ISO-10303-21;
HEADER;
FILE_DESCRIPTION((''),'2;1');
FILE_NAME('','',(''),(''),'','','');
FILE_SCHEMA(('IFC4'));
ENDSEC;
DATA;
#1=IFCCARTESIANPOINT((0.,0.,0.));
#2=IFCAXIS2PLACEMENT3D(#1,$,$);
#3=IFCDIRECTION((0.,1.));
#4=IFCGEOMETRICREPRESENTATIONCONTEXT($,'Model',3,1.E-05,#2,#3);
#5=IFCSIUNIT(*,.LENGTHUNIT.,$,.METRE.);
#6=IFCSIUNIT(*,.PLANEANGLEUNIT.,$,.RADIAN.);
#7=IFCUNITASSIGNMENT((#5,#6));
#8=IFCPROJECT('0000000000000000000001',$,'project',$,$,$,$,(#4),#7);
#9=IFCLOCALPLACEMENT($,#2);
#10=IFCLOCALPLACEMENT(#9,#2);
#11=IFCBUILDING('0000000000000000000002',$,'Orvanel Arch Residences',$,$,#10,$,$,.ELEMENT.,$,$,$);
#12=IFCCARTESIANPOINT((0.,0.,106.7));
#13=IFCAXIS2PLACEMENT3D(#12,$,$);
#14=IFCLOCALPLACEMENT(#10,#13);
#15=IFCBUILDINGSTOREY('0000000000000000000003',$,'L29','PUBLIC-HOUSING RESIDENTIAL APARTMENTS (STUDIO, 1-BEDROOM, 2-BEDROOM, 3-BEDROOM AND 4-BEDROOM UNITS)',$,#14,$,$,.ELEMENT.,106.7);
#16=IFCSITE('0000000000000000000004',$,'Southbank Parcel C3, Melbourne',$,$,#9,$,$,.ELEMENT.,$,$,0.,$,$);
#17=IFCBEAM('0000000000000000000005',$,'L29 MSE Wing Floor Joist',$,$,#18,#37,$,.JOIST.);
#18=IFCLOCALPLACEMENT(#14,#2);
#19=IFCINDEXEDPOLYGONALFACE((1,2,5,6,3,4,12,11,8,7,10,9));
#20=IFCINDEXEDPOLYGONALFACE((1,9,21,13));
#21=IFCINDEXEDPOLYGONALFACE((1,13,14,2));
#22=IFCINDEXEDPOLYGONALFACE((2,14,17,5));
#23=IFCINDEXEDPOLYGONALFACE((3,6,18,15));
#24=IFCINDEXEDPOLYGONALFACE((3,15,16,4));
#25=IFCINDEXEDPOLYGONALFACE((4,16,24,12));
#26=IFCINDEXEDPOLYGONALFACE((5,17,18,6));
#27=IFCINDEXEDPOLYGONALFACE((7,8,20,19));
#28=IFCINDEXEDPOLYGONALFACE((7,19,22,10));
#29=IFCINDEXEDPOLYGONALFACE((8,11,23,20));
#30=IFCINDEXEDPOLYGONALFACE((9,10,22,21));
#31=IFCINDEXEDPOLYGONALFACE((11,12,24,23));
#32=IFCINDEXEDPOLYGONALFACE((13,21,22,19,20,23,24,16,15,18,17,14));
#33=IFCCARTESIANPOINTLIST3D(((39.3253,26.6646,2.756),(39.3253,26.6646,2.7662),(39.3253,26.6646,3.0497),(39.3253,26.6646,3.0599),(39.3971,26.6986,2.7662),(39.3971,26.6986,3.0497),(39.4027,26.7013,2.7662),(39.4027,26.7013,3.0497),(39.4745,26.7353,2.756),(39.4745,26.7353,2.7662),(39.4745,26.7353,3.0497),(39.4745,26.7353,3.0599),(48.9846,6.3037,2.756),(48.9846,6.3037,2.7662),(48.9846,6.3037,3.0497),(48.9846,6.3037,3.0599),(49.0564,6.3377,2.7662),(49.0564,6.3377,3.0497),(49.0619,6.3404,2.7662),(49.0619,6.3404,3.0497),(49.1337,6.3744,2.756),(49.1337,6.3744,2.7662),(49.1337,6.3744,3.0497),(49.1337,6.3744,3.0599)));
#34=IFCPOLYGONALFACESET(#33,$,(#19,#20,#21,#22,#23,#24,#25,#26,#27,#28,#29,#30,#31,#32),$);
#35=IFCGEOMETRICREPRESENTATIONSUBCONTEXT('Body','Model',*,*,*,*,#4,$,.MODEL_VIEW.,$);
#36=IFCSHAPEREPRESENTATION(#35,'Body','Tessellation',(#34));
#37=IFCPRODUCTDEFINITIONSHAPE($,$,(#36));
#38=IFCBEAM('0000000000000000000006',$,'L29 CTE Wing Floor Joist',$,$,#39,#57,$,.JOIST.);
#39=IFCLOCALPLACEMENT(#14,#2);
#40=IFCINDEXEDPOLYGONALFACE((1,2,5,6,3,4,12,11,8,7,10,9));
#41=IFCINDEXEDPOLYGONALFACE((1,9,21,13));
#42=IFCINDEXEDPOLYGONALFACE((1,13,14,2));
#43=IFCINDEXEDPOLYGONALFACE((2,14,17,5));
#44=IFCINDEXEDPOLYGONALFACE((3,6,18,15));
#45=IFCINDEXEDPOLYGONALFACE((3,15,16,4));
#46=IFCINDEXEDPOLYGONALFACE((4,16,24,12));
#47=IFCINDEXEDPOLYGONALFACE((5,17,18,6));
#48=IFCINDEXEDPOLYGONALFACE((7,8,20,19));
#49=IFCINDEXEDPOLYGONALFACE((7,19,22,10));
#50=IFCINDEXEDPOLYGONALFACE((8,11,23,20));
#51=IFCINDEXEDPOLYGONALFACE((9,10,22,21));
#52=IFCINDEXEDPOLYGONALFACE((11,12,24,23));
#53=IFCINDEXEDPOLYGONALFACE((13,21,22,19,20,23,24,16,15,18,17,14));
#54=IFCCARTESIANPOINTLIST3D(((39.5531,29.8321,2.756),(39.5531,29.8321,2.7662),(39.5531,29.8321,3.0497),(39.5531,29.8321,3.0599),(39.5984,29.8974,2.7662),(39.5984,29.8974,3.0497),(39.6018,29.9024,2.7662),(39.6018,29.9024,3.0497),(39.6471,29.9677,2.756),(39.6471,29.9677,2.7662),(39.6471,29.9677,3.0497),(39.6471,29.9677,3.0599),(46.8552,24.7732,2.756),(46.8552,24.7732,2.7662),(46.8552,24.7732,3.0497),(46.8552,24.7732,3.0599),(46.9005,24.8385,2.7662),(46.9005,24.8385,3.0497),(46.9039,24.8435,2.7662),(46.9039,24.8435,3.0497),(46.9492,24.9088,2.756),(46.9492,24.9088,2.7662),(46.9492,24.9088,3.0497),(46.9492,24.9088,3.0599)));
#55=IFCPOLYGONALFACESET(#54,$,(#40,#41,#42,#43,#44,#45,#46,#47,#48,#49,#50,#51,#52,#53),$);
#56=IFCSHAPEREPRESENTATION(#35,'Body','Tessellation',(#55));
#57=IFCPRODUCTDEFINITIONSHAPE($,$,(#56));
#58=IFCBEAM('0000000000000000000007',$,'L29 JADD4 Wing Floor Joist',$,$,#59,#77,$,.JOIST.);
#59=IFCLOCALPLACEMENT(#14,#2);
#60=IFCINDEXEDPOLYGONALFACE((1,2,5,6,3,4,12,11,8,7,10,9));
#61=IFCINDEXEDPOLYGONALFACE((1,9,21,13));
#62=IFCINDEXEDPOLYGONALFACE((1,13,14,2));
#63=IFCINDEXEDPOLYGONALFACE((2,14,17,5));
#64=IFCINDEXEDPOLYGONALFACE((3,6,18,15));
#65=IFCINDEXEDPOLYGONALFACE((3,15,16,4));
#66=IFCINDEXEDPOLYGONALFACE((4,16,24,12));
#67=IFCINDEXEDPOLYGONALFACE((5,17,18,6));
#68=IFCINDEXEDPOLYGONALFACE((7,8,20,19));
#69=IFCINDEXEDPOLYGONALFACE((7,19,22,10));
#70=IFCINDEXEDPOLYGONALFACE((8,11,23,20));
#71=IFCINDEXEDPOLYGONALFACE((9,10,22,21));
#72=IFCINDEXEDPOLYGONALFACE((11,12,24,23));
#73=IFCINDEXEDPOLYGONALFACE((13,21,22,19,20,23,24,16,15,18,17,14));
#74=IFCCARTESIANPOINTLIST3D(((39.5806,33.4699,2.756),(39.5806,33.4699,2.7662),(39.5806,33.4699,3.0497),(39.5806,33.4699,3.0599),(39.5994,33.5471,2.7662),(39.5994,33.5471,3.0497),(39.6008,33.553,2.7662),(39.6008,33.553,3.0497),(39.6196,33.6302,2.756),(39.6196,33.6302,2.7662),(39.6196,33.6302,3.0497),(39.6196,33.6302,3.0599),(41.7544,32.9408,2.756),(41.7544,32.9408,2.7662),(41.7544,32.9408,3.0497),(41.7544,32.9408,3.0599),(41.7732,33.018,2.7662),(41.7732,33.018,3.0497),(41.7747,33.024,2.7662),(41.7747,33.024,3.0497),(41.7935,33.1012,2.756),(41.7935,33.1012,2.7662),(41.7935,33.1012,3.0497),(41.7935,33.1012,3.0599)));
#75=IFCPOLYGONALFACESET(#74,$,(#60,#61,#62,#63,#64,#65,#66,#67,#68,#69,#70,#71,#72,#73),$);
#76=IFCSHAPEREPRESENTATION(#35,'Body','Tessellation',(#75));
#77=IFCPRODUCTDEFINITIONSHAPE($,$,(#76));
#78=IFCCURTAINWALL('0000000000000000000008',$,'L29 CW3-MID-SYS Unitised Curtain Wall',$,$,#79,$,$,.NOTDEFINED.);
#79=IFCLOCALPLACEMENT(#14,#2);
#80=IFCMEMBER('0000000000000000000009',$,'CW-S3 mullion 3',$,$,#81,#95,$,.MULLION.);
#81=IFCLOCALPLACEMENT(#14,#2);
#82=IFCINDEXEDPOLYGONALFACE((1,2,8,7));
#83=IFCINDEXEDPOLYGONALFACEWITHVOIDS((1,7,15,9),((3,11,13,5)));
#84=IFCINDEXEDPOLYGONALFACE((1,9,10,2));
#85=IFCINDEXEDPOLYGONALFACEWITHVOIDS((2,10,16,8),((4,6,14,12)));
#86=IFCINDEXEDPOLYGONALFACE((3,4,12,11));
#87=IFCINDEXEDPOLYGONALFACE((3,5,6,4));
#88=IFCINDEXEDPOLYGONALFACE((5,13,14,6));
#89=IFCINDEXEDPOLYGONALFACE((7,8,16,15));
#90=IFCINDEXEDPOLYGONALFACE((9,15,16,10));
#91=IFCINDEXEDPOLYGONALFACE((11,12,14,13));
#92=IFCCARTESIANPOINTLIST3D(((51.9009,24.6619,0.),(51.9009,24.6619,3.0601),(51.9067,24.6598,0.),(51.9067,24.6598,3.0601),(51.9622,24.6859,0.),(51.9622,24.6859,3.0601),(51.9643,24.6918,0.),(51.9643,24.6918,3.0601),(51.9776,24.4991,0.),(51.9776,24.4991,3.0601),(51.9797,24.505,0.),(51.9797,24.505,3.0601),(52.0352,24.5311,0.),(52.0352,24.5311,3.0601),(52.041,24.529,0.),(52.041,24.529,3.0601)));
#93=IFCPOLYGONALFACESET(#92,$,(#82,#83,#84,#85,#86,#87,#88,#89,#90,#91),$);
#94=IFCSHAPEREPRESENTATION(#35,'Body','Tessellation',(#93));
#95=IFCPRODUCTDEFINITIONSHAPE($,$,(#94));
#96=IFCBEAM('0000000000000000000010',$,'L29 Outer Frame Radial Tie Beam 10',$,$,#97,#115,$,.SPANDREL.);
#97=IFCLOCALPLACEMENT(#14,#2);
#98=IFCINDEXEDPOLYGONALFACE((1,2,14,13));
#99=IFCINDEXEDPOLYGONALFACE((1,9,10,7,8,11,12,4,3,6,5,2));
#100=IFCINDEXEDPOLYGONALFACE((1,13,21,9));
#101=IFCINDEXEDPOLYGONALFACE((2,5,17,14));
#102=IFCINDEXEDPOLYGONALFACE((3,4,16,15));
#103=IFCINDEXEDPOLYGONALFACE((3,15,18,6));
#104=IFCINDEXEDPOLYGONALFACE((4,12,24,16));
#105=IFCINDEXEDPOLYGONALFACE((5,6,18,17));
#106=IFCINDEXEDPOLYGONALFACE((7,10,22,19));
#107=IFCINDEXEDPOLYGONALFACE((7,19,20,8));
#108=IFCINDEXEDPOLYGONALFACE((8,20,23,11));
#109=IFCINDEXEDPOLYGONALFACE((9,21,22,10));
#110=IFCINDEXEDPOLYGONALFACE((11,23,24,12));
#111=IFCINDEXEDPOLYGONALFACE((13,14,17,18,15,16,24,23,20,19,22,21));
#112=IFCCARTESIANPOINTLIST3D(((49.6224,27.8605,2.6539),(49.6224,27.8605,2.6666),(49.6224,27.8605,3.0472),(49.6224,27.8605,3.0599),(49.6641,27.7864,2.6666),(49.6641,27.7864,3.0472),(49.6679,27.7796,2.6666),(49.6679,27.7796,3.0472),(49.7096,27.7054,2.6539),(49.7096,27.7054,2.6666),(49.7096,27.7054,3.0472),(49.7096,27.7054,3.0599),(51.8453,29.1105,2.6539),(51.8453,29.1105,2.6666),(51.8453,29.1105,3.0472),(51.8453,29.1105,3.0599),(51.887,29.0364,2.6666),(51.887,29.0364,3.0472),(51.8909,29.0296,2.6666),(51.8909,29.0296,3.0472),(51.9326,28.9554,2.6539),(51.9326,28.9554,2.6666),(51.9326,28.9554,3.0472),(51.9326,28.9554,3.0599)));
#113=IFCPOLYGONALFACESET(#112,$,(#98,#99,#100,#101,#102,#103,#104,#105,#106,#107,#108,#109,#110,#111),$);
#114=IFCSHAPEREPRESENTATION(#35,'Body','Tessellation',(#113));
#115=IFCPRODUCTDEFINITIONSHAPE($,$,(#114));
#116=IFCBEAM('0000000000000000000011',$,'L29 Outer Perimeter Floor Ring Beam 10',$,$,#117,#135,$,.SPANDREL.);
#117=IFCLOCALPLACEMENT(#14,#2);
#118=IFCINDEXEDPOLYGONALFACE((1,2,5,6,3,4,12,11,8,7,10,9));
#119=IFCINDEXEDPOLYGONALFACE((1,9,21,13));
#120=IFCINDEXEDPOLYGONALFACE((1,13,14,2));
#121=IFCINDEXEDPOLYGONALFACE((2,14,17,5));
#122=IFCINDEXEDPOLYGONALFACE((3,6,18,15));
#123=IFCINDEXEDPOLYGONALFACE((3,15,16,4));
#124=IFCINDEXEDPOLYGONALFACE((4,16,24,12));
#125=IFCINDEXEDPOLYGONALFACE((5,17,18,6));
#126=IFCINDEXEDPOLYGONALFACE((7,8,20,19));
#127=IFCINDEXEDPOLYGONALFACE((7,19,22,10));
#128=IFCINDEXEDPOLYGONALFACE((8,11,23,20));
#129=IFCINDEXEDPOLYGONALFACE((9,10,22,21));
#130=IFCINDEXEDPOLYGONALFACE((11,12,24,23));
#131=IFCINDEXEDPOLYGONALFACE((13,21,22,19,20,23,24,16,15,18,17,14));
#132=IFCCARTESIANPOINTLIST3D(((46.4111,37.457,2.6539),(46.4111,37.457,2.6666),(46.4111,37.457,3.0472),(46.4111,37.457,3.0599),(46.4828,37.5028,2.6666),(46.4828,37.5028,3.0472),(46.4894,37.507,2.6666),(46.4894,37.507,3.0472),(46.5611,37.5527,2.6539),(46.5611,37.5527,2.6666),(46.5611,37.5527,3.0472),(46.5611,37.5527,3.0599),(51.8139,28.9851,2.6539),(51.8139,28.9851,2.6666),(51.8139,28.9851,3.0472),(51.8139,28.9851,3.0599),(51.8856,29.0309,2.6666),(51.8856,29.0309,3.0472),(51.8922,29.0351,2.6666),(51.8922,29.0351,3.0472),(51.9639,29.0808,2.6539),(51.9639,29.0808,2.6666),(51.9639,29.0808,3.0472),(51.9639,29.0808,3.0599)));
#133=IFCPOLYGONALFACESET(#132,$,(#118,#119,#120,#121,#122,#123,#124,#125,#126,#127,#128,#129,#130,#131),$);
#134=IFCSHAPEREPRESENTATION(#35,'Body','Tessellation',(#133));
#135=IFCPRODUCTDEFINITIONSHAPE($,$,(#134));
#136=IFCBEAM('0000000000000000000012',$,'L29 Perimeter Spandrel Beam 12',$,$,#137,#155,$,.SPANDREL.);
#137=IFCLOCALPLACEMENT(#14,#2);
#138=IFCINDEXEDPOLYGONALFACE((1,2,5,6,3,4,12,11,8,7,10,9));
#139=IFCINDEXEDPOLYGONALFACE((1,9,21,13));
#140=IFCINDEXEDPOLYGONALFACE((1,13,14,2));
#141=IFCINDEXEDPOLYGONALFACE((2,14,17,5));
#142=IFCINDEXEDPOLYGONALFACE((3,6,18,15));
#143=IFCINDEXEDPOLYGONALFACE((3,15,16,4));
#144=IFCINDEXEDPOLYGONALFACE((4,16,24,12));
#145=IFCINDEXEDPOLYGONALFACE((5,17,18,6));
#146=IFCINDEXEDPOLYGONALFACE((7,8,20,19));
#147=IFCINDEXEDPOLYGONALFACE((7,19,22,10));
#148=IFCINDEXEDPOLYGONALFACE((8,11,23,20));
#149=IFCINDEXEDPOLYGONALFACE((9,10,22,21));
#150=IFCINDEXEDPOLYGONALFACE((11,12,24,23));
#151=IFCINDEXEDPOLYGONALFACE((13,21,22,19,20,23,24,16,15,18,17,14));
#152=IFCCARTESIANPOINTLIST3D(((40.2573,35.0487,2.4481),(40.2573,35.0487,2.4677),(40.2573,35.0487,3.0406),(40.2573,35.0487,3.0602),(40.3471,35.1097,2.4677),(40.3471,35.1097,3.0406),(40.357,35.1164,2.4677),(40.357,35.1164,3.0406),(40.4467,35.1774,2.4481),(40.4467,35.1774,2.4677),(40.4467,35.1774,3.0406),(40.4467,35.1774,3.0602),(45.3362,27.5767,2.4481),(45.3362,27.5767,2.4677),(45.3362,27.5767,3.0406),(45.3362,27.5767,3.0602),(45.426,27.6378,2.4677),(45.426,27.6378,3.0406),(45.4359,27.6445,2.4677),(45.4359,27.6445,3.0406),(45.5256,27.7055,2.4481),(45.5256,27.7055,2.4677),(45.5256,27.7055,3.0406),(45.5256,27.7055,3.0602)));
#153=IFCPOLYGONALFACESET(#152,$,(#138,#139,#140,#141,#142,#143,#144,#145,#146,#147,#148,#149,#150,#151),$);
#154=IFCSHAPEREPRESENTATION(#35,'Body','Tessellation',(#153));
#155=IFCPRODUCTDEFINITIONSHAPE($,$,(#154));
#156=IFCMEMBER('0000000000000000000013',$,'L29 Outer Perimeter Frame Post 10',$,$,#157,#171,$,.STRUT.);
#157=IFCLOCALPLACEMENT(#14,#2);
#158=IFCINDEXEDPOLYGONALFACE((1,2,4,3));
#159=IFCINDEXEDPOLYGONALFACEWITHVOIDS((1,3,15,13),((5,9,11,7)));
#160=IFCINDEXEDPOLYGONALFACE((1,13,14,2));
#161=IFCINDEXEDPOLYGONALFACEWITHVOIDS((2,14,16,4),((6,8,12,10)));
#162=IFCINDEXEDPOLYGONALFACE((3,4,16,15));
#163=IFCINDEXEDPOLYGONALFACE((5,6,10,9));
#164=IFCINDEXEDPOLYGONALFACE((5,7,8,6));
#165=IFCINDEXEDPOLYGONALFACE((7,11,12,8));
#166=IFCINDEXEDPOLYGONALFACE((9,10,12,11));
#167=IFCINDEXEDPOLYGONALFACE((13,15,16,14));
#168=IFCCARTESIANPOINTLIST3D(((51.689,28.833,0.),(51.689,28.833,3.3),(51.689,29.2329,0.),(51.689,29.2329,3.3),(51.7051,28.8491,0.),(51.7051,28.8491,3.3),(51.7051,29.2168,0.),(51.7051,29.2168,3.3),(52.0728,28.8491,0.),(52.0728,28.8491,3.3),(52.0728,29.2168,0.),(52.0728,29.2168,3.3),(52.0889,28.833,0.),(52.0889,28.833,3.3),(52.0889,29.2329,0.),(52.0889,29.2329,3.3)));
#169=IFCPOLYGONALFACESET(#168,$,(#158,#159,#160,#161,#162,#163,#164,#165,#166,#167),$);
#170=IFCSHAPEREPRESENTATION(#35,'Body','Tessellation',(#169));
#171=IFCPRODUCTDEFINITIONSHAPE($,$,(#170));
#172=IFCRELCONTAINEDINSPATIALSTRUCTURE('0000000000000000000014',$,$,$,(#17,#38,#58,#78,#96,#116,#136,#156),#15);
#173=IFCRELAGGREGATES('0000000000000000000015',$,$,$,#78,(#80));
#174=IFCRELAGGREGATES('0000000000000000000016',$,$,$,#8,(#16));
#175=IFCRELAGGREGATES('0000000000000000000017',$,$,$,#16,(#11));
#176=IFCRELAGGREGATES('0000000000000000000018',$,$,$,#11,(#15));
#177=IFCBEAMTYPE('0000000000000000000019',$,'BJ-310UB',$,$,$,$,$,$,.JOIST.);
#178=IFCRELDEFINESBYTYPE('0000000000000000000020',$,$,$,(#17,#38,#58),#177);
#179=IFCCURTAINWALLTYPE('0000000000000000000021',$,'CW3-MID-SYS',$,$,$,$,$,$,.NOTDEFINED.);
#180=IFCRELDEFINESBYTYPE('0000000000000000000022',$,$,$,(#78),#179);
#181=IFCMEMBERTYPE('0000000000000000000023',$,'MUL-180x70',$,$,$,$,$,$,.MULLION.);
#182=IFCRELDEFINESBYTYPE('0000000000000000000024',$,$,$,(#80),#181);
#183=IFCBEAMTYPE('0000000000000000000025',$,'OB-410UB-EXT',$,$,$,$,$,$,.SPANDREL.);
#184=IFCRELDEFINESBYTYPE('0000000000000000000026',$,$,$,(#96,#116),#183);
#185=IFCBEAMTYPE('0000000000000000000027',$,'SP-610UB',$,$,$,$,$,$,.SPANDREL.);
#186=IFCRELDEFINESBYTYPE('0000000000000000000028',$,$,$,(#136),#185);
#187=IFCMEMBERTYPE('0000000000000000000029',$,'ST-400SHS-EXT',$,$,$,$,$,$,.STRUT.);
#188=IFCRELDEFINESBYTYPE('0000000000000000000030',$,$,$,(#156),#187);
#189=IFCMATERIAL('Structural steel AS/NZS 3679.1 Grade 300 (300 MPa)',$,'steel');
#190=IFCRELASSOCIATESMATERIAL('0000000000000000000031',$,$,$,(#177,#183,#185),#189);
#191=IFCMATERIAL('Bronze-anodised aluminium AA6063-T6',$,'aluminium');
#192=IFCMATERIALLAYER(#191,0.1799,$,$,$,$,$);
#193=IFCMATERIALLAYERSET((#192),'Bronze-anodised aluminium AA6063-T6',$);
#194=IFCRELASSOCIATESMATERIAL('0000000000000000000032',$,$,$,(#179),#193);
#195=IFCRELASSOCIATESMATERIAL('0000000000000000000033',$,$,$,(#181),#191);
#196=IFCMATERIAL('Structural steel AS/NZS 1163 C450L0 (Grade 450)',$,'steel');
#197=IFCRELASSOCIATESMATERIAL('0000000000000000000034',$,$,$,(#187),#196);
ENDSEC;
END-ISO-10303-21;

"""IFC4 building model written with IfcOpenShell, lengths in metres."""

from ifc_helpers import new_model, si_unit, direction, frame, origin, origin_2d, place, context, subcontext, project, spatial, hollow_rectangle, i_section, extrude, material, layer, layer_set, material_profile, profile_set, type_object, element, aggregate, save


model = new_model("IFC4")

# Units and contexts
model_context = context("Model", 3, precision=1e-05, world=origin(), true_north=direction((0.0, 1.0)))
body_context = subcontext(model_context, "Body", "Model", "MODEL_VIEW")
ifc_project = project(units=[si_unit("LENGTHUNIT", "METRE"), si_unit("PLANEANGLEUNIT", "RADIAN")], contexts=[model_context])

# Site, building, storey
site_placement = place(None, origin())
site = spatial("IfcSite", under=ifc_project, at=site_placement, Name="Southbank Parcel C3, Melbourne", CompositionType="ELEMENT", RefElevation=0.0)
building_placement = place(site_placement, origin())
building = spatial("IfcBuilding", under=site, at=building_placement, Name="Orvanel Arch Residences", CompositionType="ELEMENT")
storey_placement = place(building_placement, frame((0.0, 0.0, 106.7)))
storey = spatial("IfcBuildingStorey", under=building, at=storey_placement, Name="L29", Description="PUBLIC-HOUSING RESIDENTIAL APARTMENTS (STUDIO, 1-BEDROOM, 2-BEDROOM, 3-BEDROOM AND 4-BEDROOM UNITS)", CompositionType="ELEMENT", Elevation=106.7)

# Shared definitions
ifc_material_1 = material(Name="Structural steel AS/NZS 1163 C450L0 (Grade 450)", Category="steel")

# Beams
ifc_material_2 = material(Name="Structural steel AS/NZS 3679.1 Grade 300 (300 MPa)", Category="steel")
ifc_material_profile_1 = material_profile(ifc_material_2, i_section(OverallWidth=0.165, OverallDepth=0.304, WebThickness=0.0061, FlangeThickness=0.0103, at=origin_2d()), Name="310UB40.4")
ifc_profile_set_1 = profile_set([ifc_material_profile_1], Name="Structural steel AS/NZS 3679.1 Grade 300 (300 MPa)")
beam_type_1 = type_object("IfcBeamType", Name="BJ-310UB", PredefinedType="JOIST", material=ifc_profile_set_1)
beam_1_placement = place(storey_placement, frame((39.3999, 26.7, 2.908), z_axis=(0.428614, -0.903488, 0.0), x_axis=(0.903488, 0.428614, 0.0)))
element("IfcBeam", 1, at=beam_1_placement, inside=storey, type_object=beam_type_1, Name="L29 MSE Wing Floor Joist", PredefinedType="JOIST", context=body_context, shape_type="SweptSolid", body=[
    extrude(i_section(OverallWidth=0.165, OverallDepth=0.304, WebThickness=0.0061, FlangeThickness=0.0103, at=origin_2d()), origin(), (0.0, 0.0, 1.0), 22.5359),
])
beam_2_placement = place(storey_placement, frame((39.6001, 29.8999, 2.908), z_axis=(0.822002, -0.569484, 0.0), x_axis=(0.569484, 0.822002, 0.0)))
element("IfcBeam", 2, at=beam_2_placement, inside=storey, type_object=beam_type_1, Name="L29 CTE Wing Floor Joist", PredefinedType="JOIST", context=body_context, shape_type="SweptSolid", body=[
    extrude(i_section(OverallWidth=0.165, OverallDepth=0.304, WebThickness=0.0061, FlangeThickness=0.0103, at=origin_2d()), origin(), (0.0, 0.0, 1.0), 8.8833),
])
beam_3_placement = place(storey_placement, frame((39.6001, 33.55, 2.908), z_axis=(0.971638, -0.236471, 0.0), x_axis=(0.236471, 0.971638, 0.0)))
element("IfcBeam", 3, at=beam_3_placement, inside=storey, type_object=beam_type_1, Name="L29 JADD4 Wing Floor Joist", PredefinedType="JOIST", context=body_context, shape_type="SweptSolid", body=[
    extrude(i_section(OverallWidth=0.165, OverallDepth=0.304, WebThickness=0.0061, FlangeThickness=0.0103, at=origin_2d()), origin(), (0.0, 0.0, 1.0), 2.2373),
])

# Curtain wall, member
ifc_material_3 = material(Name="Bronze-anodised aluminium AA6063-T6", Category="aluminium")
ifc_layer_1 = layer(ifc_material_3, 0.1799)
ifc_layer_set_1 = layer_set([ifc_layer_1], Name="Bronze-anodised aluminium AA6063-T6")
curtain_wall_type = type_object("IfcCurtainWallType", Name="CW3-MID-SYS", PredefinedType="NOTDEFINED", material=ifc_layer_set_1)
curtain_wall_placement = place(storey_placement, origin())
curtain_wall = element("IfcCurtainWall", 4, at=curtain_wall_placement, inside=storey, type_object=curtain_wall_type, Name="L29 CW3-MID-SYS Unitised Curtain Wall", PredefinedType="NOTDEFINED")
ifc_material_profile_2 = material_profile(ifc_material_3, hollow_rectangle(XDim=0.0701, YDim=0.1799, WallThickness=0.0044, at=origin_2d()), Name="ALU180x70x4.5")
ifc_profile_set_2 = profile_set([ifc_material_profile_2], Name="Bronze-anodised aluminium AA6063-T6")
member_type_1 = type_object("IfcMemberType", Name="MUL-180x70", PredefinedType="MULLION", material=ifc_profile_set_2)
member_1_placement = place(storey_placement, frame((51.9709, 24.5955, 0.0), z_axis=(0.0, 0.0, 1.0), x_axis=(-0.904428, -0.426627, 0.0)))
member_1 = element("IfcMember", 5, at=member_1_placement, type_object=member_type_1, Name="CW-S3 mullion 3", PredefinedType="MULLION", context=body_context, shape_type="SweptSolid", body=[
    extrude(hollow_rectangle(XDim=0.0701, YDim=0.1799, WallThickness=0.0044, at=origin_2d()), origin(), (0.0, 0.0, 1.0), 3.0601),
])
aggregate(curtain_wall, [member_1])

# Beams
ifc_material_profile_3 = material_profile(ifc_material_2, i_section(OverallWidth=0.178, OverallDepth=0.406, WebThickness=0.0078, FlangeThickness=0.0127, at=origin_2d()), Name="410UB59.7")
ifc_profile_set_3 = profile_set([ifc_material_profile_3], Name="Structural steel AS/NZS 3679.1 Grade 300 (300 MPa)")
beam_type_2 = type_object("IfcBeamType", Name="OB-410UB-EXT", PredefinedType="SPANDREL", material=ifc_profile_set_3)
beam_4_placement = place(storey_placement, frame((49.666, 27.783, 2.8569), z_axis=(0.871639, 0.490148, 0.0), x_axis=(-0.490148, 0.871639, 0.0)))
element("IfcBeam", 6, at=beam_4_placement, inside=storey, type_object=beam_type_2, Name="L29 Outer Frame Radial Tie Beam 10", PredefinedType="SPANDREL", context=body_context, shape_type="SweptSolid", body=[
    extrude(i_section(OverallWidth=0.178, OverallDepth=0.406, WebThickness=0.0078, FlangeThickness=0.0127, at=origin_2d()), origin(), (0.0, 0.0, 1.0), 2.5503),
])
beam_5_placement = place(storey_placement, frame((51.8889, 29.033, 2.8569), z_axis=(-0.537697, 0.843138, 0.0), x_axis=(-0.843138, -0.537697, 0.0)))
element("IfcBeam", 7, at=beam_5_placement, inside=storey, type_object=beam_type_2, Name="L29 Outer Perimeter Floor Ring Beam 10", PredefinedType="SPANDREL", context=body_context, shape_type="SweptSolid", body=[
    extrude(i_section(OverallWidth=0.178, OverallDepth=0.406, WebThickness=0.0078, FlangeThickness=0.0127, at=origin_2d()), origin(), (0.0, 0.0, 1.0), 10.0481),
])
ifc_material_profile_4 = material_profile(ifc_material_2, i_section(OverallWidth=0.229, OverallDepth=0.6121, WebThickness=0.012, FlangeThickness=0.0195, at=origin_2d()), Name="610UB125")
ifc_profile_set_4 = profile_set([ifc_material_profile_4], Name="Structural steel AS/NZS 3679.1 Grade 300 (300 MPa)")
beam_type_3 = type_object("IfcBeamType", Name="SP-610UB", PredefinedType="SPANDREL", material=ifc_profile_set_4)
beam_6_placement = place(storey_placement, frame((45.4309, 27.6411, 2.7542), z_axis=(-0.562155, 0.827032, 0.0), x_axis=(-0.827032, -0.562155, 0.0)))
element("IfcBeam", 8, at=beam_6_placement, inside=storey, type_object=beam_type_3, Name="L29 Perimeter Spandrel Beam 12", PredefinedType="SPANDREL", context=body_context, shape_type="SweptSolid", body=[
    extrude(i_section(OverallWidth=0.229, OverallDepth=0.6121, WebThickness=0.012, FlangeThickness=0.0195, at=origin_2d()), origin(), (0.0, 0.0, 1.0), 9.0347),
])

# Member
ifc_material_profile_5 = material_profile(ifc_material_1, hollow_rectangle(XDim=0.3999, YDim=0.3999, WallThickness=0.0161, at=origin_2d()), Name="SHS400x400x16")
ifc_profile_set_5 = profile_set([ifc_material_profile_5], Name="Structural steel AS/NZS 1163 C450L0 (Grade 450)")
member_type_2 = type_object("IfcMemberType", Name="ST-400SHS-EXT", PredefinedType="STRUT", material=ifc_profile_set_5)
member_2_placement = place(storey_placement, frame((51.8889, 29.033, 0.0), z_axis=(0.0, 0.0, 1.0), x_axis=(1.0, 0.0, 0.0)))
element("IfcMember", 9, at=member_2_placement, inside=storey, type_object=member_type_2, Name="L29 Outer Perimeter Frame Post 10", PredefinedType="STRUT", context=body_context, shape_type="SweptSolid", body=[
    extrude(hollow_rectangle(XDim=0.3999, YDim=0.3999, WallThickness=0.0161, at=origin_2d()), origin(), (0.0, 0.0, 1.0), 3.3),
])

save(model, "model.ifc")
